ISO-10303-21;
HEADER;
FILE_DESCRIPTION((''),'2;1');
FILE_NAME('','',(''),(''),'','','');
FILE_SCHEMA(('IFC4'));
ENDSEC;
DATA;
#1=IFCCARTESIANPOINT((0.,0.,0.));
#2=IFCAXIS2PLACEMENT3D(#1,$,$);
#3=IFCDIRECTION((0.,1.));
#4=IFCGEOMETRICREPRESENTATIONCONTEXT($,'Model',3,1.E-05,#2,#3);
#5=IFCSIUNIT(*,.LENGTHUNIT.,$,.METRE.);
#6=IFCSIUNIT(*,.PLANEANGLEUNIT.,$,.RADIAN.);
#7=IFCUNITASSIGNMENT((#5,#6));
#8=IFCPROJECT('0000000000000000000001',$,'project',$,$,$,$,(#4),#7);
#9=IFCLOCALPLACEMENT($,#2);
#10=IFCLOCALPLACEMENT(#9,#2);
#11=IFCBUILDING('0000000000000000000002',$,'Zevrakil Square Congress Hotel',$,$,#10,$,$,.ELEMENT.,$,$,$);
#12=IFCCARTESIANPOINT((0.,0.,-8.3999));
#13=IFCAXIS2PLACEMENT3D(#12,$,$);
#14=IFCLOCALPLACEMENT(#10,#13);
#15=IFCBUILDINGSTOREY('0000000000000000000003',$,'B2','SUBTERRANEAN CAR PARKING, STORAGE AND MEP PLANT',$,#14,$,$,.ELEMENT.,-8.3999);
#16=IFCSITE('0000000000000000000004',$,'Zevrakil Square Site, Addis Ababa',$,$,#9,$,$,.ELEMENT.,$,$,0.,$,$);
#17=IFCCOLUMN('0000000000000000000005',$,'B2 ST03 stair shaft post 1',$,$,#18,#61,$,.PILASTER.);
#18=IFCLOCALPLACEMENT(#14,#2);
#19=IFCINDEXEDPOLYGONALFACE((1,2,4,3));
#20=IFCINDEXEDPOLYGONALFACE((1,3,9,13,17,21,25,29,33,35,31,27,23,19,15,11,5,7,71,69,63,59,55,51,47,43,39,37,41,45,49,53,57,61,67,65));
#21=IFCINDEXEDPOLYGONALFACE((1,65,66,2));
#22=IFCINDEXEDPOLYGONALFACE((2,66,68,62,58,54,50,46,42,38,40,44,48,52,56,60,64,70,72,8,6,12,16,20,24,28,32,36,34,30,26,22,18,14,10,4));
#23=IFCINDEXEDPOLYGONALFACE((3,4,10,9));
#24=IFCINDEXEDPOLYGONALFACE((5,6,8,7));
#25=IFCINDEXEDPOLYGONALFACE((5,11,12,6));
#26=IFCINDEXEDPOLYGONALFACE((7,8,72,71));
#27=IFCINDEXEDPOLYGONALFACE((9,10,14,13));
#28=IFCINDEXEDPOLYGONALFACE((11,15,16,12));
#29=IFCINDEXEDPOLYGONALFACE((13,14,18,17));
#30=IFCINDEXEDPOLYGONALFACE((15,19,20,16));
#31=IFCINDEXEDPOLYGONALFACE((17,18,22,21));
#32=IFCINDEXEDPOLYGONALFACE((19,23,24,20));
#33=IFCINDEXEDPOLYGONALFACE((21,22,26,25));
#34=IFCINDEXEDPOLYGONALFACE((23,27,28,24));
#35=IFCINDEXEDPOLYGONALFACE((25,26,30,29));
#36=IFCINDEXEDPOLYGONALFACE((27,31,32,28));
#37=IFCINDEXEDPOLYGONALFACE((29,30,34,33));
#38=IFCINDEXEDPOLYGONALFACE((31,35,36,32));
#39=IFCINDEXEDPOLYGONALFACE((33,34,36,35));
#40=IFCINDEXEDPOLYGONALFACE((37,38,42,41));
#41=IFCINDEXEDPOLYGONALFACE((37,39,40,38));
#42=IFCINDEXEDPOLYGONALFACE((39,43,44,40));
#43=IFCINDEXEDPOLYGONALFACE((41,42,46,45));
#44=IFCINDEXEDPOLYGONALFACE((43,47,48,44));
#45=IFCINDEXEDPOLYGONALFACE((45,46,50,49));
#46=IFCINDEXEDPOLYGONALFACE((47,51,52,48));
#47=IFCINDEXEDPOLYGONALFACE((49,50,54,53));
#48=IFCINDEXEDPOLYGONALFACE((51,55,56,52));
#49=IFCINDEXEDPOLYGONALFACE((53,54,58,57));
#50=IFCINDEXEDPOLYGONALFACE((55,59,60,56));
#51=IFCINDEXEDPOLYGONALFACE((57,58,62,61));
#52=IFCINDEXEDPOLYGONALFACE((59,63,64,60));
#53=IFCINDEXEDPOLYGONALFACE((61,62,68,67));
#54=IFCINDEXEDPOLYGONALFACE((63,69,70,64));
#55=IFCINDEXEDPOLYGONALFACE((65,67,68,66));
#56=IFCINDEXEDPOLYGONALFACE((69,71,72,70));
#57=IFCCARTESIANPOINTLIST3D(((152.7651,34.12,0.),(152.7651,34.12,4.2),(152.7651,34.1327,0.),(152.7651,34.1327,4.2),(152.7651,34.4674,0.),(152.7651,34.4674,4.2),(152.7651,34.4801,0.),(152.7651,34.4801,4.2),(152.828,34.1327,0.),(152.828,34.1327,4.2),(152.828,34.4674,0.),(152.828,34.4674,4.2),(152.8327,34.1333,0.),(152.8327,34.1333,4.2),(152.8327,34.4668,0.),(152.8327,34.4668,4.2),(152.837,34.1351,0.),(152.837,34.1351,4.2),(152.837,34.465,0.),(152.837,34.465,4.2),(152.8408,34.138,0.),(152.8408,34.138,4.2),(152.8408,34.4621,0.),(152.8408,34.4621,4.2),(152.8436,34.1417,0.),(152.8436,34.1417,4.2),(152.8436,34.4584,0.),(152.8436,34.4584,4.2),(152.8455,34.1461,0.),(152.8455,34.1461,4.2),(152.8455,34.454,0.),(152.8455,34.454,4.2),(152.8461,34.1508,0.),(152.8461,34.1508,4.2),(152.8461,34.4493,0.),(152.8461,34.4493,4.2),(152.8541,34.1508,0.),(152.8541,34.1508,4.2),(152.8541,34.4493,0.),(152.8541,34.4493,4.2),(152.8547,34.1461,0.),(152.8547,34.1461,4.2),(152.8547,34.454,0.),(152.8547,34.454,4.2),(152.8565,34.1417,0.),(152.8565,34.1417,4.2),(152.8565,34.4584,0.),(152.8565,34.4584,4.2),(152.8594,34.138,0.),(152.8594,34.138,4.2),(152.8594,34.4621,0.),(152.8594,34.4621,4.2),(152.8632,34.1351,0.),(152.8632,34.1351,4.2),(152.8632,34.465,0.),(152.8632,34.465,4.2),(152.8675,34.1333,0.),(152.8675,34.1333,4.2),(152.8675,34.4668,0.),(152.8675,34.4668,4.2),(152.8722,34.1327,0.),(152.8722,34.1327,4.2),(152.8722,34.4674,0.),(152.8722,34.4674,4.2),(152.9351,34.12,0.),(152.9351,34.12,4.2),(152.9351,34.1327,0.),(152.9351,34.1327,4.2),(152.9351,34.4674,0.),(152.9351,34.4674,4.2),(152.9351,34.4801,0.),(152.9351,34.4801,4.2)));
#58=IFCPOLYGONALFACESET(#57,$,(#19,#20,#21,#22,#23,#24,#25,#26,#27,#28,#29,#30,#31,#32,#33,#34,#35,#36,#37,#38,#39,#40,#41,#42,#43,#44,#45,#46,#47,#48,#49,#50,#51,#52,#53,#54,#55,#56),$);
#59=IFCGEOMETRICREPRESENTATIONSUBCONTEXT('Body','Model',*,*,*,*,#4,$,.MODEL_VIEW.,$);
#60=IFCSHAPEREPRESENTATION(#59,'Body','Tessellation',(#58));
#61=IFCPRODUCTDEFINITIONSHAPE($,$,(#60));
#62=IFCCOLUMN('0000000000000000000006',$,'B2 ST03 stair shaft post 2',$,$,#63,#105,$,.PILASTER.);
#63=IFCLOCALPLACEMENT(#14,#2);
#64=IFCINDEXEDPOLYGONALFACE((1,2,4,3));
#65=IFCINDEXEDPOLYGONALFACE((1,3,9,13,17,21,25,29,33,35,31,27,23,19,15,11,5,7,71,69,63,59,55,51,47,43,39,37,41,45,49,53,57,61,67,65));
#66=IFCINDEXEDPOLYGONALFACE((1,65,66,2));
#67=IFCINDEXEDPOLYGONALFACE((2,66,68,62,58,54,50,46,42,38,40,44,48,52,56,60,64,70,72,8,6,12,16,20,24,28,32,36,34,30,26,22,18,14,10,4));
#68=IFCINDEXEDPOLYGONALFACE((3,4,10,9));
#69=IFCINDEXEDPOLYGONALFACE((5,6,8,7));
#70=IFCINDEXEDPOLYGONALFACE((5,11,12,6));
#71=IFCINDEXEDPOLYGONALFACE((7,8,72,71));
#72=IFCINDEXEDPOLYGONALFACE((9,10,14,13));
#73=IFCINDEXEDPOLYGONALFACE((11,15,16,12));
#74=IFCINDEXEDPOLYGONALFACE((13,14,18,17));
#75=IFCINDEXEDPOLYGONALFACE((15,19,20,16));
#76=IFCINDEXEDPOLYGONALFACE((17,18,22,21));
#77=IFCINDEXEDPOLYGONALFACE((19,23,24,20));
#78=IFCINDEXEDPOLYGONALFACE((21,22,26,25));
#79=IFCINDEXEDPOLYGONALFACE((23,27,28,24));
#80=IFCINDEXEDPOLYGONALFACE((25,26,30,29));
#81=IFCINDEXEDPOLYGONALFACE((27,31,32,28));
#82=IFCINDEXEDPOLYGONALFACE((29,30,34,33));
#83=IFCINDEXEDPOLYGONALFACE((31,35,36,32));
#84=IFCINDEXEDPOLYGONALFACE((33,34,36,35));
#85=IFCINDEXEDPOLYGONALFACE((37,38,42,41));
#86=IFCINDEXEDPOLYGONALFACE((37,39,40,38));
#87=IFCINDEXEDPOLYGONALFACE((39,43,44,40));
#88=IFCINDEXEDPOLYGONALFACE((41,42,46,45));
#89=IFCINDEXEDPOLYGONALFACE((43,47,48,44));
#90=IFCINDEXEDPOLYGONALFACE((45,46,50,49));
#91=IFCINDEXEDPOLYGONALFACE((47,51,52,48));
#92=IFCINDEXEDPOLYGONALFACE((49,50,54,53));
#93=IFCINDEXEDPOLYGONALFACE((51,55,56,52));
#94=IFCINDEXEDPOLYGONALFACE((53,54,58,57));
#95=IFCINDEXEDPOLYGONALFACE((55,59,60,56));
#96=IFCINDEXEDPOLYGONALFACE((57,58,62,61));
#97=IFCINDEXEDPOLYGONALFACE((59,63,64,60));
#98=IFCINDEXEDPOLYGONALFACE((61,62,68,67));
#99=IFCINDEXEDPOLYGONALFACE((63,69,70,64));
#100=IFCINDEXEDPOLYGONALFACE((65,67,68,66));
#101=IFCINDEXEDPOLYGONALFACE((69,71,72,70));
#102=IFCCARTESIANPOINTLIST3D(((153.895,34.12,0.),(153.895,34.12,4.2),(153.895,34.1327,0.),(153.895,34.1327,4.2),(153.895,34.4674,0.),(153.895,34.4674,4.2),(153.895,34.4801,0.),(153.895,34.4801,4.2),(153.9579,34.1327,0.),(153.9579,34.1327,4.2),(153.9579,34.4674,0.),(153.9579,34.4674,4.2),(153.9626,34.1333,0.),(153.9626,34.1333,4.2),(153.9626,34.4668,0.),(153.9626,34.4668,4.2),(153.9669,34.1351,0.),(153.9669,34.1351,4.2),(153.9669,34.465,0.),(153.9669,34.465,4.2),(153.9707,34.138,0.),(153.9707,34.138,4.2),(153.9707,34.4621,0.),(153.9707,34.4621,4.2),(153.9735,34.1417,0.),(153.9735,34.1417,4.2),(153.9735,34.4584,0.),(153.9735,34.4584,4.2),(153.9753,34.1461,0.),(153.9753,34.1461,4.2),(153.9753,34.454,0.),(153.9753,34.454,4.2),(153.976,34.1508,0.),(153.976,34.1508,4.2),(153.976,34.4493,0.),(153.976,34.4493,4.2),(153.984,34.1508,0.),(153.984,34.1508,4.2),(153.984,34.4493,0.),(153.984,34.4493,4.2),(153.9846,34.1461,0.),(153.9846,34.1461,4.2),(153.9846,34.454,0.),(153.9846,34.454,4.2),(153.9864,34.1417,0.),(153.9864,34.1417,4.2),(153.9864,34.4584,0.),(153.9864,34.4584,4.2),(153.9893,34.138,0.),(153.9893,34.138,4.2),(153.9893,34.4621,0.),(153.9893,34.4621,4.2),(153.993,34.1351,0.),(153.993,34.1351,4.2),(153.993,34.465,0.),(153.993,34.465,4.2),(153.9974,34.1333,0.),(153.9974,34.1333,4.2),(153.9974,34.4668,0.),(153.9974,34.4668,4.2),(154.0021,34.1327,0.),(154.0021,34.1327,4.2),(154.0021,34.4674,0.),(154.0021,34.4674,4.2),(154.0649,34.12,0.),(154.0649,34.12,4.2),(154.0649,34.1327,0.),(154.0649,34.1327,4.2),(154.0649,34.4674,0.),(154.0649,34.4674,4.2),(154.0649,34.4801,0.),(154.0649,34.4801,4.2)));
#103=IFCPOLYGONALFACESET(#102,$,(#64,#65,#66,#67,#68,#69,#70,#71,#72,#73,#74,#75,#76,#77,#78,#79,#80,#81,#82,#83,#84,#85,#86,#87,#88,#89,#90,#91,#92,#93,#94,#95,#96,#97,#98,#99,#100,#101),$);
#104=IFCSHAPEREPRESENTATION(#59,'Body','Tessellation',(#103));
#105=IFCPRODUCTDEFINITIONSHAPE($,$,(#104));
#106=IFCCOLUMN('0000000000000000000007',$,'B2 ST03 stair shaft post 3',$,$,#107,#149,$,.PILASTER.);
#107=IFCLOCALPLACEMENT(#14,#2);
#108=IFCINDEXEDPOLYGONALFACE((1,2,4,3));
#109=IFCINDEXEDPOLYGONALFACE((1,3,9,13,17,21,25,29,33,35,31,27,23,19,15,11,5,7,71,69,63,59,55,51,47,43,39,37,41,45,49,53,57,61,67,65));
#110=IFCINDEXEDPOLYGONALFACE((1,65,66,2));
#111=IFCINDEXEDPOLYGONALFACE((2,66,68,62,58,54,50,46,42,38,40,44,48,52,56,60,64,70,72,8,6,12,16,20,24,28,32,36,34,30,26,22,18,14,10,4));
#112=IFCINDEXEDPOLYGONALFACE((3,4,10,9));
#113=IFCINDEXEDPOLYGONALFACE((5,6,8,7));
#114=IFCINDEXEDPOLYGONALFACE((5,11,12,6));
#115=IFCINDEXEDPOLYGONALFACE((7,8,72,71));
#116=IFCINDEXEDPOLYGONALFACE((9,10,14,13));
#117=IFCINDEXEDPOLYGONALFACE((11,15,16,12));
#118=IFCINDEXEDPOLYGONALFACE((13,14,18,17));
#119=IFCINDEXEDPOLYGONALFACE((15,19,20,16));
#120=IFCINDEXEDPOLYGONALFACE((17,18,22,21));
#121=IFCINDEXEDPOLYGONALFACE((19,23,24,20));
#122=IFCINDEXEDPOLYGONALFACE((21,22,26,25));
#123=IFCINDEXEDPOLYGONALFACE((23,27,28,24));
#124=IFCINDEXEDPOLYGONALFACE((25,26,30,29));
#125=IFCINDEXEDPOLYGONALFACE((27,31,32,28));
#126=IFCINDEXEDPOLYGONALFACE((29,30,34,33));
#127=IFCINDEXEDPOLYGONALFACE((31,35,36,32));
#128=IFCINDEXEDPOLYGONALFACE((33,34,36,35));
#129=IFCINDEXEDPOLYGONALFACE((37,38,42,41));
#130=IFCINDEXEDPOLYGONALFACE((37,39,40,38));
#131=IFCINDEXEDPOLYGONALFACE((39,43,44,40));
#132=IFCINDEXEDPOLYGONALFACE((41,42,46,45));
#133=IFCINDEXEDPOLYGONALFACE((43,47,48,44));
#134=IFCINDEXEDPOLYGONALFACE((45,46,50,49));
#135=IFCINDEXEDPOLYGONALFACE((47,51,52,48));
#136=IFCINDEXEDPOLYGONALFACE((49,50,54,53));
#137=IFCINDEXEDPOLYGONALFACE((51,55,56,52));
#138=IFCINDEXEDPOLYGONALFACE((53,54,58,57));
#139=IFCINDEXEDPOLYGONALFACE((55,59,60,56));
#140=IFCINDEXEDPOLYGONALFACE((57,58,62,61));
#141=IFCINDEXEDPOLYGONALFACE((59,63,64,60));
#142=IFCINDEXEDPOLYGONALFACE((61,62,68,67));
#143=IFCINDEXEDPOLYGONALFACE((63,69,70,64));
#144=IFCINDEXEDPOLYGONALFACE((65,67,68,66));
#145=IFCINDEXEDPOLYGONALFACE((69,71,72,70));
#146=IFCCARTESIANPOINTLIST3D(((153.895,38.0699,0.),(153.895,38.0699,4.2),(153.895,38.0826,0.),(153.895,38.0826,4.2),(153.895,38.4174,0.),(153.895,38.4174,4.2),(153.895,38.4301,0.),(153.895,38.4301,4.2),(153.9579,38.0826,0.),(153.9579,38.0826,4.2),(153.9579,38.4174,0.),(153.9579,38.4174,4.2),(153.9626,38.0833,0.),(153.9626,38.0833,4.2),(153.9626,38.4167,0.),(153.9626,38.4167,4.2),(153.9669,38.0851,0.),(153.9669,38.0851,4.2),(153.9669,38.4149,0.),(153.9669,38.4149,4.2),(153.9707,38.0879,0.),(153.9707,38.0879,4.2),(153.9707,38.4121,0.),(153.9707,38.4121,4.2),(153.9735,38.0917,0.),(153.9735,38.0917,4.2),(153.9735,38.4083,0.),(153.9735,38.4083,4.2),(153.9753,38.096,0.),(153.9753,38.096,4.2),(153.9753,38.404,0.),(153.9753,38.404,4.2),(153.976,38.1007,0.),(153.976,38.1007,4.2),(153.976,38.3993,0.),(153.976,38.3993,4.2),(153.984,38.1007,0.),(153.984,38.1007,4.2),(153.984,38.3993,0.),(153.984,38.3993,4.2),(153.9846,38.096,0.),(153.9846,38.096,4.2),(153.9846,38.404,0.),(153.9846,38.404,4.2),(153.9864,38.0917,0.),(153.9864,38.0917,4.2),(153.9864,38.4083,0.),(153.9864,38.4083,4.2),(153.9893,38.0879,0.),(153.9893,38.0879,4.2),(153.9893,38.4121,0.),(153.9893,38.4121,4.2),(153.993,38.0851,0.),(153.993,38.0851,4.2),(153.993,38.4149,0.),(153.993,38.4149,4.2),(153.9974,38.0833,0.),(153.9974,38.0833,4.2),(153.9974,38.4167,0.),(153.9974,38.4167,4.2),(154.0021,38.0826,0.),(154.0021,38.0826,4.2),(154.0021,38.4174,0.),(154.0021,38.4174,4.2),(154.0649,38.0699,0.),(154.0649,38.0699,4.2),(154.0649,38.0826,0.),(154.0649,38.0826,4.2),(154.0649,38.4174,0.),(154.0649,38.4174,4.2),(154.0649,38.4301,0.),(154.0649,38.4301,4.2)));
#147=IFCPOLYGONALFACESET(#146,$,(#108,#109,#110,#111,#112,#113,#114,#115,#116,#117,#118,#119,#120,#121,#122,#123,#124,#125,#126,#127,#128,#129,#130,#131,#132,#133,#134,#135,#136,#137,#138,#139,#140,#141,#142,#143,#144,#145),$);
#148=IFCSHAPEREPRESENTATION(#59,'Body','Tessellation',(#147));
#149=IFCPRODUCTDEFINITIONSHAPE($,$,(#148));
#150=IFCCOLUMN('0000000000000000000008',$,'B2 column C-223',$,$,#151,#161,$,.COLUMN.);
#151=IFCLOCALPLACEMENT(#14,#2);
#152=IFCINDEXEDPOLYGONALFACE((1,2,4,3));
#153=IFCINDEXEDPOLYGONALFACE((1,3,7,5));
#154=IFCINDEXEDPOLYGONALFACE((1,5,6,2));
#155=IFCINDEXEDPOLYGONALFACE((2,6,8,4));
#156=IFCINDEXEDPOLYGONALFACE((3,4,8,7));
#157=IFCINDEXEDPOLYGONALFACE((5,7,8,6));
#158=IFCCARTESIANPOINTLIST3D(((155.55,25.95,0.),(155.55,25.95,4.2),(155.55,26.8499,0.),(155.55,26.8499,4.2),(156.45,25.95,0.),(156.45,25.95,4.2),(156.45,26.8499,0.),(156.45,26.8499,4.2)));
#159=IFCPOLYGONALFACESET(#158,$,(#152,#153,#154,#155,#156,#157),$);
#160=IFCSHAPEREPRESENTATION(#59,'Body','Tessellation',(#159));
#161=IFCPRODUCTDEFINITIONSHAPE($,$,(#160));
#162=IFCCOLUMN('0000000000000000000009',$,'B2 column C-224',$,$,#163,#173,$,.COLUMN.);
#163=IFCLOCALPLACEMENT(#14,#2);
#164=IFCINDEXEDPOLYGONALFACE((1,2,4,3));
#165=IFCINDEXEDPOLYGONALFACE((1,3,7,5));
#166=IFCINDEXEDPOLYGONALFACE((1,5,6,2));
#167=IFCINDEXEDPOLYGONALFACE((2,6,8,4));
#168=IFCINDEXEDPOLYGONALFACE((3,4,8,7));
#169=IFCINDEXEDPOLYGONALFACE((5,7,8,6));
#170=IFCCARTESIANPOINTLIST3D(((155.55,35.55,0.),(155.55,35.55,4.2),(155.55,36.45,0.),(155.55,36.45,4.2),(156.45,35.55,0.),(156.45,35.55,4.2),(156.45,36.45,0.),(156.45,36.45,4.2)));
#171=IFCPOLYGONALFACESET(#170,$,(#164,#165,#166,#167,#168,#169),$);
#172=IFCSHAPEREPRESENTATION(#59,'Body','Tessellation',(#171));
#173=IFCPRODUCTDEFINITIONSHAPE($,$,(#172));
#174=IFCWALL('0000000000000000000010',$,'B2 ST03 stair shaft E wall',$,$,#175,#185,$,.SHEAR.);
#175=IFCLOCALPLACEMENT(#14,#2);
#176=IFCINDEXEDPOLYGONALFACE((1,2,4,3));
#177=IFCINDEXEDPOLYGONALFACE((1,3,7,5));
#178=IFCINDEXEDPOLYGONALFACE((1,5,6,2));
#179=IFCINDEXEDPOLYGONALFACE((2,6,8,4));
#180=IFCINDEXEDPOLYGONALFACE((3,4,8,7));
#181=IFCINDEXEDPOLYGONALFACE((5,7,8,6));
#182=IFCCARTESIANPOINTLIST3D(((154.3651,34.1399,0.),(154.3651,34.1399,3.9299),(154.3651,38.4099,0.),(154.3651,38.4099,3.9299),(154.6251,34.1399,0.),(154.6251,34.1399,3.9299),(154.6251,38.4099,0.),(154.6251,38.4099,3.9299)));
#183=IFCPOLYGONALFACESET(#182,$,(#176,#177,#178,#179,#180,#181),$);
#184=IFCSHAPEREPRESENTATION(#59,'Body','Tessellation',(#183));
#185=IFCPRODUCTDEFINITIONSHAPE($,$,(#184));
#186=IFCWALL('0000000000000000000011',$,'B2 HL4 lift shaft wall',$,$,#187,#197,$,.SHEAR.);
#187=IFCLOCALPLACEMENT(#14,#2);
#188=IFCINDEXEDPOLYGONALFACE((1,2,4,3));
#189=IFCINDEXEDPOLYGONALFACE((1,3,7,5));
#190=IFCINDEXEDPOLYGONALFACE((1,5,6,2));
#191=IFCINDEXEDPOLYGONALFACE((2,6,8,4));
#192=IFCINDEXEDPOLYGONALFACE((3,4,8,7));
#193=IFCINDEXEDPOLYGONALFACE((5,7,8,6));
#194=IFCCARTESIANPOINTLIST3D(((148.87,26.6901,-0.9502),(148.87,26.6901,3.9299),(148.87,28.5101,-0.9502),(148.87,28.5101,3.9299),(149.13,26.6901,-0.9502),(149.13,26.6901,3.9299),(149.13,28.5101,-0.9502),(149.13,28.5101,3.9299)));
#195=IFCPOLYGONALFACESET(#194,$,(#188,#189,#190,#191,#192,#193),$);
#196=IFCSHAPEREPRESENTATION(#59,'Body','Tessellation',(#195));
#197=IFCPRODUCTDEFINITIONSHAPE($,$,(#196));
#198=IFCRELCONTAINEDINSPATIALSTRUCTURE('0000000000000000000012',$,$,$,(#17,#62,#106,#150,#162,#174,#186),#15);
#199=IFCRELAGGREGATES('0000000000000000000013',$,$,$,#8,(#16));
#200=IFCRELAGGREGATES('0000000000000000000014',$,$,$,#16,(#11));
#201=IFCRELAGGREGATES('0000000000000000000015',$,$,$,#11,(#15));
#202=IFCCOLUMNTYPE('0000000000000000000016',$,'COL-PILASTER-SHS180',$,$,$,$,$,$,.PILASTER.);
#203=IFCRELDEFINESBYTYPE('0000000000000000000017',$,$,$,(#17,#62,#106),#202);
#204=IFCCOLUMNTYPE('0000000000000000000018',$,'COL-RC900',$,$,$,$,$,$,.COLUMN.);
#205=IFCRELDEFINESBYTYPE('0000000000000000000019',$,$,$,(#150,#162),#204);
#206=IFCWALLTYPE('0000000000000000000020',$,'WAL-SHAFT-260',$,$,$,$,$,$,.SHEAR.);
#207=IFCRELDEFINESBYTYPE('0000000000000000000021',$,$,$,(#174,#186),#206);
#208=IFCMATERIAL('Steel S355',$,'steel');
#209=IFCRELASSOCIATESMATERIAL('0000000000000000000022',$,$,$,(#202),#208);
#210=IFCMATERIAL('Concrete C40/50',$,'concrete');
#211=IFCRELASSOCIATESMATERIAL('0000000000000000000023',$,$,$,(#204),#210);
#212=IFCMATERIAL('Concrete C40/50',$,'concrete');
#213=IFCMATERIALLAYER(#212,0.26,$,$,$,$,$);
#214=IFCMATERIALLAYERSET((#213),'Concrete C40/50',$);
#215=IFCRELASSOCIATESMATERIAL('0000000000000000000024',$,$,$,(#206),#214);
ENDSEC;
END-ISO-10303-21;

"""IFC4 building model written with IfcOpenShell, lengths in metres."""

from ifc_helpers import new_model, si_unit, direction, frame, frame_2d, origin, origin_2d, place, context, subcontext, project, spatial, rectangle, i_section, extrude, material, layer, layer_set, material_profile, profile_set, type_object, element, save


model = new_model("IFC4")

# Units and contexts
model_context = context("Model", 3, precision=1e-05, world=origin(), true_north=direction((0.0, 1.0)))
body_context = subcontext(model_context, "Body", "Model", "MODEL_VIEW")
ifc_project = project(units=[si_unit("LENGTHUNIT", "METRE"), si_unit("PLANEANGLEUNIT", "RADIAN")], contexts=[model_context])

# Site, building, storey
site_placement = place(None, origin())
site = spatial("IfcSite", under=ifc_project, at=site_placement, Name="Zevrakil Square Site, Addis Ababa", CompositionType="ELEMENT", RefElevation=0.0)
building_placement = place(site_placement, origin())
building = spatial("IfcBuilding", under=site, at=building_placement, Name="Zevrakil Square Congress Hotel", CompositionType="ELEMENT")
storey_placement = place(building_placement, frame((0.0, 0.0, -8.3999)))
storey = spatial("IfcBuildingStorey", under=building, at=storey_placement, Name="B2", Description="SUBTERRANEAN CAR PARKING, STORAGE AND MEP PLANT", CompositionType="ELEMENT", Elevation=-8.3999)

# Columns
ifc_material_1 = material(Name="Steel S355", Category="steel")
ifc_material_profile_1 = material_profile(ifc_material_1, i_section(OverallWidth=0.1699, OverallDepth=0.3601, WebThickness=0.0081, FlangeThickness=0.0127, FilletRadius=0.0181, at=origin_2d()), Name="IPE 360")
ifc_profile_set_1 = profile_set([ifc_material_profile_1], Name="Steel S355")
column_type_1 = type_object("IfcColumnType", Name="COL-PILASTER-SHS180", PredefinedType="PILASTER", material=ifc_profile_set_1)
for number, where, z_axis, x_axis, name in (
    (1, (152.8501, 34.3, 0.0), (0.0, 0.0, 1.0), (1.0, 0.0, 0.0), "B2 ST03 stair shaft post 1"),
    (2, (153.98, 34.3, 0.0), (0.0, 0.0, 1.0), (1.0, 0.0, 0.0), "B2 ST03 stair shaft post 2"),
    (3, (153.98, 38.25, 0.0), (0.0, 0.0, 1.0), (1.0, 0.0, 0.0), "B2 ST03 stair shaft post 3"),
):
    element("IfcColumn", number, at=place(storey_placement, frame(where, z_axis=z_axis, x_axis=x_axis)), inside=storey, type_object=column_type_1, Name=name, PredefinedType="PILASTER", context=body_context, shape_type="SweptSolid", body=[
        extrude(i_section(OverallWidth=0.1699, OverallDepth=0.3601, WebThickness=0.0081, FlangeThickness=0.0127, FilletRadius=0.0181, at=origin_2d()), origin(), (0.0, 0.0, 1.0), 4.2),
    ])
ifc_material_2 = material(Name="Concrete C40/50", Category="concrete")
ifc_material_profile_2 = material_profile(ifc_material_2, rectangle(XDim=0.8999, YDim=0.8999, at=origin_2d()), Name="RC 900x900")
ifc_profile_set_2 = profile_set([ifc_material_profile_2], Name="Concrete C40/50")
column_type_2 = type_object("IfcColumnType", Name="COL-RC900", PredefinedType="COLUMN", material=ifc_profile_set_2)
for number, where, z_axis, x_axis, name in (
    (4, (156.0, 26.3999, 0.0), (0.0, 0.0, 1.0), (1.0, 0.0, 0.0), "B2 column C-223"),
    (5, (156.0, 36.0, 0.0), (0.0, 0.0, 1.0), (1.0, 0.0, 0.0), "B2 column C-224"),
):
    element("IfcColumn", number, at=place(storey_placement, frame(where, z_axis=z_axis, x_axis=x_axis)), inside=storey, type_object=column_type_2, Name=name, PredefinedType="COLUMN", context=body_context, shape_type="SweptSolid", body=[
        extrude(rectangle(XDim=0.8999, YDim=0.8999, at=origin_2d()), origin(), (0.0, 0.0, 1.0), 4.2),
    ])

# Walls
ifc_material_3 = material(Name="Concrete C40/50", Category="concrete")
ifc_layer_1 = layer(ifc_material_3, 0.26)
ifc_layer_set_1 = layer_set([ifc_layer_1], Name="Concrete C40/50")
wall_type = type_object("IfcWallType", Name="WAL-SHAFT-260", PredefinedType="SHEAR", material=ifc_layer_set_1)
wall_1_placement = place(storey_placement, frame((154.4951, 34.1399, 0.0), z_axis=(0.0, 0.0, 1.0), x_axis=(0.0, 1.0, 0.0)))
element("IfcWall", 6, at=wall_1_placement, inside=storey, type_object=wall_type, Name="B2 ST03 stair shaft E wall", PredefinedType="SHEAR", context=body_context, shape_type="SweptSolid", body=[
    extrude(rectangle(XDim=4.27, YDim=0.26, at=frame_2d((2.135, 0.0))), origin(), (0.0, 0.0, 1.0), 3.9299),
])
wall_2_placement = place(storey_placement, frame((149.0, 26.6899, -0.9502), z_axis=(0.0, 0.0, 1.0), x_axis=(0.0, 1.0, 0.0)))
element("IfcWall", 7, at=wall_2_placement, inside=storey, type_object=wall_type, Name="B2 HL4 lift shaft wall", PredefinedType="SHEAR", context=body_context, shape_type="SweptSolid", body=[
    extrude(rectangle(XDim=1.8201, YDim=0.26, at=frame_2d((0.9102, 0.0))), origin(), (0.0, 0.0, 1.0), 4.8801),
])

save(model, "model.ifc")
